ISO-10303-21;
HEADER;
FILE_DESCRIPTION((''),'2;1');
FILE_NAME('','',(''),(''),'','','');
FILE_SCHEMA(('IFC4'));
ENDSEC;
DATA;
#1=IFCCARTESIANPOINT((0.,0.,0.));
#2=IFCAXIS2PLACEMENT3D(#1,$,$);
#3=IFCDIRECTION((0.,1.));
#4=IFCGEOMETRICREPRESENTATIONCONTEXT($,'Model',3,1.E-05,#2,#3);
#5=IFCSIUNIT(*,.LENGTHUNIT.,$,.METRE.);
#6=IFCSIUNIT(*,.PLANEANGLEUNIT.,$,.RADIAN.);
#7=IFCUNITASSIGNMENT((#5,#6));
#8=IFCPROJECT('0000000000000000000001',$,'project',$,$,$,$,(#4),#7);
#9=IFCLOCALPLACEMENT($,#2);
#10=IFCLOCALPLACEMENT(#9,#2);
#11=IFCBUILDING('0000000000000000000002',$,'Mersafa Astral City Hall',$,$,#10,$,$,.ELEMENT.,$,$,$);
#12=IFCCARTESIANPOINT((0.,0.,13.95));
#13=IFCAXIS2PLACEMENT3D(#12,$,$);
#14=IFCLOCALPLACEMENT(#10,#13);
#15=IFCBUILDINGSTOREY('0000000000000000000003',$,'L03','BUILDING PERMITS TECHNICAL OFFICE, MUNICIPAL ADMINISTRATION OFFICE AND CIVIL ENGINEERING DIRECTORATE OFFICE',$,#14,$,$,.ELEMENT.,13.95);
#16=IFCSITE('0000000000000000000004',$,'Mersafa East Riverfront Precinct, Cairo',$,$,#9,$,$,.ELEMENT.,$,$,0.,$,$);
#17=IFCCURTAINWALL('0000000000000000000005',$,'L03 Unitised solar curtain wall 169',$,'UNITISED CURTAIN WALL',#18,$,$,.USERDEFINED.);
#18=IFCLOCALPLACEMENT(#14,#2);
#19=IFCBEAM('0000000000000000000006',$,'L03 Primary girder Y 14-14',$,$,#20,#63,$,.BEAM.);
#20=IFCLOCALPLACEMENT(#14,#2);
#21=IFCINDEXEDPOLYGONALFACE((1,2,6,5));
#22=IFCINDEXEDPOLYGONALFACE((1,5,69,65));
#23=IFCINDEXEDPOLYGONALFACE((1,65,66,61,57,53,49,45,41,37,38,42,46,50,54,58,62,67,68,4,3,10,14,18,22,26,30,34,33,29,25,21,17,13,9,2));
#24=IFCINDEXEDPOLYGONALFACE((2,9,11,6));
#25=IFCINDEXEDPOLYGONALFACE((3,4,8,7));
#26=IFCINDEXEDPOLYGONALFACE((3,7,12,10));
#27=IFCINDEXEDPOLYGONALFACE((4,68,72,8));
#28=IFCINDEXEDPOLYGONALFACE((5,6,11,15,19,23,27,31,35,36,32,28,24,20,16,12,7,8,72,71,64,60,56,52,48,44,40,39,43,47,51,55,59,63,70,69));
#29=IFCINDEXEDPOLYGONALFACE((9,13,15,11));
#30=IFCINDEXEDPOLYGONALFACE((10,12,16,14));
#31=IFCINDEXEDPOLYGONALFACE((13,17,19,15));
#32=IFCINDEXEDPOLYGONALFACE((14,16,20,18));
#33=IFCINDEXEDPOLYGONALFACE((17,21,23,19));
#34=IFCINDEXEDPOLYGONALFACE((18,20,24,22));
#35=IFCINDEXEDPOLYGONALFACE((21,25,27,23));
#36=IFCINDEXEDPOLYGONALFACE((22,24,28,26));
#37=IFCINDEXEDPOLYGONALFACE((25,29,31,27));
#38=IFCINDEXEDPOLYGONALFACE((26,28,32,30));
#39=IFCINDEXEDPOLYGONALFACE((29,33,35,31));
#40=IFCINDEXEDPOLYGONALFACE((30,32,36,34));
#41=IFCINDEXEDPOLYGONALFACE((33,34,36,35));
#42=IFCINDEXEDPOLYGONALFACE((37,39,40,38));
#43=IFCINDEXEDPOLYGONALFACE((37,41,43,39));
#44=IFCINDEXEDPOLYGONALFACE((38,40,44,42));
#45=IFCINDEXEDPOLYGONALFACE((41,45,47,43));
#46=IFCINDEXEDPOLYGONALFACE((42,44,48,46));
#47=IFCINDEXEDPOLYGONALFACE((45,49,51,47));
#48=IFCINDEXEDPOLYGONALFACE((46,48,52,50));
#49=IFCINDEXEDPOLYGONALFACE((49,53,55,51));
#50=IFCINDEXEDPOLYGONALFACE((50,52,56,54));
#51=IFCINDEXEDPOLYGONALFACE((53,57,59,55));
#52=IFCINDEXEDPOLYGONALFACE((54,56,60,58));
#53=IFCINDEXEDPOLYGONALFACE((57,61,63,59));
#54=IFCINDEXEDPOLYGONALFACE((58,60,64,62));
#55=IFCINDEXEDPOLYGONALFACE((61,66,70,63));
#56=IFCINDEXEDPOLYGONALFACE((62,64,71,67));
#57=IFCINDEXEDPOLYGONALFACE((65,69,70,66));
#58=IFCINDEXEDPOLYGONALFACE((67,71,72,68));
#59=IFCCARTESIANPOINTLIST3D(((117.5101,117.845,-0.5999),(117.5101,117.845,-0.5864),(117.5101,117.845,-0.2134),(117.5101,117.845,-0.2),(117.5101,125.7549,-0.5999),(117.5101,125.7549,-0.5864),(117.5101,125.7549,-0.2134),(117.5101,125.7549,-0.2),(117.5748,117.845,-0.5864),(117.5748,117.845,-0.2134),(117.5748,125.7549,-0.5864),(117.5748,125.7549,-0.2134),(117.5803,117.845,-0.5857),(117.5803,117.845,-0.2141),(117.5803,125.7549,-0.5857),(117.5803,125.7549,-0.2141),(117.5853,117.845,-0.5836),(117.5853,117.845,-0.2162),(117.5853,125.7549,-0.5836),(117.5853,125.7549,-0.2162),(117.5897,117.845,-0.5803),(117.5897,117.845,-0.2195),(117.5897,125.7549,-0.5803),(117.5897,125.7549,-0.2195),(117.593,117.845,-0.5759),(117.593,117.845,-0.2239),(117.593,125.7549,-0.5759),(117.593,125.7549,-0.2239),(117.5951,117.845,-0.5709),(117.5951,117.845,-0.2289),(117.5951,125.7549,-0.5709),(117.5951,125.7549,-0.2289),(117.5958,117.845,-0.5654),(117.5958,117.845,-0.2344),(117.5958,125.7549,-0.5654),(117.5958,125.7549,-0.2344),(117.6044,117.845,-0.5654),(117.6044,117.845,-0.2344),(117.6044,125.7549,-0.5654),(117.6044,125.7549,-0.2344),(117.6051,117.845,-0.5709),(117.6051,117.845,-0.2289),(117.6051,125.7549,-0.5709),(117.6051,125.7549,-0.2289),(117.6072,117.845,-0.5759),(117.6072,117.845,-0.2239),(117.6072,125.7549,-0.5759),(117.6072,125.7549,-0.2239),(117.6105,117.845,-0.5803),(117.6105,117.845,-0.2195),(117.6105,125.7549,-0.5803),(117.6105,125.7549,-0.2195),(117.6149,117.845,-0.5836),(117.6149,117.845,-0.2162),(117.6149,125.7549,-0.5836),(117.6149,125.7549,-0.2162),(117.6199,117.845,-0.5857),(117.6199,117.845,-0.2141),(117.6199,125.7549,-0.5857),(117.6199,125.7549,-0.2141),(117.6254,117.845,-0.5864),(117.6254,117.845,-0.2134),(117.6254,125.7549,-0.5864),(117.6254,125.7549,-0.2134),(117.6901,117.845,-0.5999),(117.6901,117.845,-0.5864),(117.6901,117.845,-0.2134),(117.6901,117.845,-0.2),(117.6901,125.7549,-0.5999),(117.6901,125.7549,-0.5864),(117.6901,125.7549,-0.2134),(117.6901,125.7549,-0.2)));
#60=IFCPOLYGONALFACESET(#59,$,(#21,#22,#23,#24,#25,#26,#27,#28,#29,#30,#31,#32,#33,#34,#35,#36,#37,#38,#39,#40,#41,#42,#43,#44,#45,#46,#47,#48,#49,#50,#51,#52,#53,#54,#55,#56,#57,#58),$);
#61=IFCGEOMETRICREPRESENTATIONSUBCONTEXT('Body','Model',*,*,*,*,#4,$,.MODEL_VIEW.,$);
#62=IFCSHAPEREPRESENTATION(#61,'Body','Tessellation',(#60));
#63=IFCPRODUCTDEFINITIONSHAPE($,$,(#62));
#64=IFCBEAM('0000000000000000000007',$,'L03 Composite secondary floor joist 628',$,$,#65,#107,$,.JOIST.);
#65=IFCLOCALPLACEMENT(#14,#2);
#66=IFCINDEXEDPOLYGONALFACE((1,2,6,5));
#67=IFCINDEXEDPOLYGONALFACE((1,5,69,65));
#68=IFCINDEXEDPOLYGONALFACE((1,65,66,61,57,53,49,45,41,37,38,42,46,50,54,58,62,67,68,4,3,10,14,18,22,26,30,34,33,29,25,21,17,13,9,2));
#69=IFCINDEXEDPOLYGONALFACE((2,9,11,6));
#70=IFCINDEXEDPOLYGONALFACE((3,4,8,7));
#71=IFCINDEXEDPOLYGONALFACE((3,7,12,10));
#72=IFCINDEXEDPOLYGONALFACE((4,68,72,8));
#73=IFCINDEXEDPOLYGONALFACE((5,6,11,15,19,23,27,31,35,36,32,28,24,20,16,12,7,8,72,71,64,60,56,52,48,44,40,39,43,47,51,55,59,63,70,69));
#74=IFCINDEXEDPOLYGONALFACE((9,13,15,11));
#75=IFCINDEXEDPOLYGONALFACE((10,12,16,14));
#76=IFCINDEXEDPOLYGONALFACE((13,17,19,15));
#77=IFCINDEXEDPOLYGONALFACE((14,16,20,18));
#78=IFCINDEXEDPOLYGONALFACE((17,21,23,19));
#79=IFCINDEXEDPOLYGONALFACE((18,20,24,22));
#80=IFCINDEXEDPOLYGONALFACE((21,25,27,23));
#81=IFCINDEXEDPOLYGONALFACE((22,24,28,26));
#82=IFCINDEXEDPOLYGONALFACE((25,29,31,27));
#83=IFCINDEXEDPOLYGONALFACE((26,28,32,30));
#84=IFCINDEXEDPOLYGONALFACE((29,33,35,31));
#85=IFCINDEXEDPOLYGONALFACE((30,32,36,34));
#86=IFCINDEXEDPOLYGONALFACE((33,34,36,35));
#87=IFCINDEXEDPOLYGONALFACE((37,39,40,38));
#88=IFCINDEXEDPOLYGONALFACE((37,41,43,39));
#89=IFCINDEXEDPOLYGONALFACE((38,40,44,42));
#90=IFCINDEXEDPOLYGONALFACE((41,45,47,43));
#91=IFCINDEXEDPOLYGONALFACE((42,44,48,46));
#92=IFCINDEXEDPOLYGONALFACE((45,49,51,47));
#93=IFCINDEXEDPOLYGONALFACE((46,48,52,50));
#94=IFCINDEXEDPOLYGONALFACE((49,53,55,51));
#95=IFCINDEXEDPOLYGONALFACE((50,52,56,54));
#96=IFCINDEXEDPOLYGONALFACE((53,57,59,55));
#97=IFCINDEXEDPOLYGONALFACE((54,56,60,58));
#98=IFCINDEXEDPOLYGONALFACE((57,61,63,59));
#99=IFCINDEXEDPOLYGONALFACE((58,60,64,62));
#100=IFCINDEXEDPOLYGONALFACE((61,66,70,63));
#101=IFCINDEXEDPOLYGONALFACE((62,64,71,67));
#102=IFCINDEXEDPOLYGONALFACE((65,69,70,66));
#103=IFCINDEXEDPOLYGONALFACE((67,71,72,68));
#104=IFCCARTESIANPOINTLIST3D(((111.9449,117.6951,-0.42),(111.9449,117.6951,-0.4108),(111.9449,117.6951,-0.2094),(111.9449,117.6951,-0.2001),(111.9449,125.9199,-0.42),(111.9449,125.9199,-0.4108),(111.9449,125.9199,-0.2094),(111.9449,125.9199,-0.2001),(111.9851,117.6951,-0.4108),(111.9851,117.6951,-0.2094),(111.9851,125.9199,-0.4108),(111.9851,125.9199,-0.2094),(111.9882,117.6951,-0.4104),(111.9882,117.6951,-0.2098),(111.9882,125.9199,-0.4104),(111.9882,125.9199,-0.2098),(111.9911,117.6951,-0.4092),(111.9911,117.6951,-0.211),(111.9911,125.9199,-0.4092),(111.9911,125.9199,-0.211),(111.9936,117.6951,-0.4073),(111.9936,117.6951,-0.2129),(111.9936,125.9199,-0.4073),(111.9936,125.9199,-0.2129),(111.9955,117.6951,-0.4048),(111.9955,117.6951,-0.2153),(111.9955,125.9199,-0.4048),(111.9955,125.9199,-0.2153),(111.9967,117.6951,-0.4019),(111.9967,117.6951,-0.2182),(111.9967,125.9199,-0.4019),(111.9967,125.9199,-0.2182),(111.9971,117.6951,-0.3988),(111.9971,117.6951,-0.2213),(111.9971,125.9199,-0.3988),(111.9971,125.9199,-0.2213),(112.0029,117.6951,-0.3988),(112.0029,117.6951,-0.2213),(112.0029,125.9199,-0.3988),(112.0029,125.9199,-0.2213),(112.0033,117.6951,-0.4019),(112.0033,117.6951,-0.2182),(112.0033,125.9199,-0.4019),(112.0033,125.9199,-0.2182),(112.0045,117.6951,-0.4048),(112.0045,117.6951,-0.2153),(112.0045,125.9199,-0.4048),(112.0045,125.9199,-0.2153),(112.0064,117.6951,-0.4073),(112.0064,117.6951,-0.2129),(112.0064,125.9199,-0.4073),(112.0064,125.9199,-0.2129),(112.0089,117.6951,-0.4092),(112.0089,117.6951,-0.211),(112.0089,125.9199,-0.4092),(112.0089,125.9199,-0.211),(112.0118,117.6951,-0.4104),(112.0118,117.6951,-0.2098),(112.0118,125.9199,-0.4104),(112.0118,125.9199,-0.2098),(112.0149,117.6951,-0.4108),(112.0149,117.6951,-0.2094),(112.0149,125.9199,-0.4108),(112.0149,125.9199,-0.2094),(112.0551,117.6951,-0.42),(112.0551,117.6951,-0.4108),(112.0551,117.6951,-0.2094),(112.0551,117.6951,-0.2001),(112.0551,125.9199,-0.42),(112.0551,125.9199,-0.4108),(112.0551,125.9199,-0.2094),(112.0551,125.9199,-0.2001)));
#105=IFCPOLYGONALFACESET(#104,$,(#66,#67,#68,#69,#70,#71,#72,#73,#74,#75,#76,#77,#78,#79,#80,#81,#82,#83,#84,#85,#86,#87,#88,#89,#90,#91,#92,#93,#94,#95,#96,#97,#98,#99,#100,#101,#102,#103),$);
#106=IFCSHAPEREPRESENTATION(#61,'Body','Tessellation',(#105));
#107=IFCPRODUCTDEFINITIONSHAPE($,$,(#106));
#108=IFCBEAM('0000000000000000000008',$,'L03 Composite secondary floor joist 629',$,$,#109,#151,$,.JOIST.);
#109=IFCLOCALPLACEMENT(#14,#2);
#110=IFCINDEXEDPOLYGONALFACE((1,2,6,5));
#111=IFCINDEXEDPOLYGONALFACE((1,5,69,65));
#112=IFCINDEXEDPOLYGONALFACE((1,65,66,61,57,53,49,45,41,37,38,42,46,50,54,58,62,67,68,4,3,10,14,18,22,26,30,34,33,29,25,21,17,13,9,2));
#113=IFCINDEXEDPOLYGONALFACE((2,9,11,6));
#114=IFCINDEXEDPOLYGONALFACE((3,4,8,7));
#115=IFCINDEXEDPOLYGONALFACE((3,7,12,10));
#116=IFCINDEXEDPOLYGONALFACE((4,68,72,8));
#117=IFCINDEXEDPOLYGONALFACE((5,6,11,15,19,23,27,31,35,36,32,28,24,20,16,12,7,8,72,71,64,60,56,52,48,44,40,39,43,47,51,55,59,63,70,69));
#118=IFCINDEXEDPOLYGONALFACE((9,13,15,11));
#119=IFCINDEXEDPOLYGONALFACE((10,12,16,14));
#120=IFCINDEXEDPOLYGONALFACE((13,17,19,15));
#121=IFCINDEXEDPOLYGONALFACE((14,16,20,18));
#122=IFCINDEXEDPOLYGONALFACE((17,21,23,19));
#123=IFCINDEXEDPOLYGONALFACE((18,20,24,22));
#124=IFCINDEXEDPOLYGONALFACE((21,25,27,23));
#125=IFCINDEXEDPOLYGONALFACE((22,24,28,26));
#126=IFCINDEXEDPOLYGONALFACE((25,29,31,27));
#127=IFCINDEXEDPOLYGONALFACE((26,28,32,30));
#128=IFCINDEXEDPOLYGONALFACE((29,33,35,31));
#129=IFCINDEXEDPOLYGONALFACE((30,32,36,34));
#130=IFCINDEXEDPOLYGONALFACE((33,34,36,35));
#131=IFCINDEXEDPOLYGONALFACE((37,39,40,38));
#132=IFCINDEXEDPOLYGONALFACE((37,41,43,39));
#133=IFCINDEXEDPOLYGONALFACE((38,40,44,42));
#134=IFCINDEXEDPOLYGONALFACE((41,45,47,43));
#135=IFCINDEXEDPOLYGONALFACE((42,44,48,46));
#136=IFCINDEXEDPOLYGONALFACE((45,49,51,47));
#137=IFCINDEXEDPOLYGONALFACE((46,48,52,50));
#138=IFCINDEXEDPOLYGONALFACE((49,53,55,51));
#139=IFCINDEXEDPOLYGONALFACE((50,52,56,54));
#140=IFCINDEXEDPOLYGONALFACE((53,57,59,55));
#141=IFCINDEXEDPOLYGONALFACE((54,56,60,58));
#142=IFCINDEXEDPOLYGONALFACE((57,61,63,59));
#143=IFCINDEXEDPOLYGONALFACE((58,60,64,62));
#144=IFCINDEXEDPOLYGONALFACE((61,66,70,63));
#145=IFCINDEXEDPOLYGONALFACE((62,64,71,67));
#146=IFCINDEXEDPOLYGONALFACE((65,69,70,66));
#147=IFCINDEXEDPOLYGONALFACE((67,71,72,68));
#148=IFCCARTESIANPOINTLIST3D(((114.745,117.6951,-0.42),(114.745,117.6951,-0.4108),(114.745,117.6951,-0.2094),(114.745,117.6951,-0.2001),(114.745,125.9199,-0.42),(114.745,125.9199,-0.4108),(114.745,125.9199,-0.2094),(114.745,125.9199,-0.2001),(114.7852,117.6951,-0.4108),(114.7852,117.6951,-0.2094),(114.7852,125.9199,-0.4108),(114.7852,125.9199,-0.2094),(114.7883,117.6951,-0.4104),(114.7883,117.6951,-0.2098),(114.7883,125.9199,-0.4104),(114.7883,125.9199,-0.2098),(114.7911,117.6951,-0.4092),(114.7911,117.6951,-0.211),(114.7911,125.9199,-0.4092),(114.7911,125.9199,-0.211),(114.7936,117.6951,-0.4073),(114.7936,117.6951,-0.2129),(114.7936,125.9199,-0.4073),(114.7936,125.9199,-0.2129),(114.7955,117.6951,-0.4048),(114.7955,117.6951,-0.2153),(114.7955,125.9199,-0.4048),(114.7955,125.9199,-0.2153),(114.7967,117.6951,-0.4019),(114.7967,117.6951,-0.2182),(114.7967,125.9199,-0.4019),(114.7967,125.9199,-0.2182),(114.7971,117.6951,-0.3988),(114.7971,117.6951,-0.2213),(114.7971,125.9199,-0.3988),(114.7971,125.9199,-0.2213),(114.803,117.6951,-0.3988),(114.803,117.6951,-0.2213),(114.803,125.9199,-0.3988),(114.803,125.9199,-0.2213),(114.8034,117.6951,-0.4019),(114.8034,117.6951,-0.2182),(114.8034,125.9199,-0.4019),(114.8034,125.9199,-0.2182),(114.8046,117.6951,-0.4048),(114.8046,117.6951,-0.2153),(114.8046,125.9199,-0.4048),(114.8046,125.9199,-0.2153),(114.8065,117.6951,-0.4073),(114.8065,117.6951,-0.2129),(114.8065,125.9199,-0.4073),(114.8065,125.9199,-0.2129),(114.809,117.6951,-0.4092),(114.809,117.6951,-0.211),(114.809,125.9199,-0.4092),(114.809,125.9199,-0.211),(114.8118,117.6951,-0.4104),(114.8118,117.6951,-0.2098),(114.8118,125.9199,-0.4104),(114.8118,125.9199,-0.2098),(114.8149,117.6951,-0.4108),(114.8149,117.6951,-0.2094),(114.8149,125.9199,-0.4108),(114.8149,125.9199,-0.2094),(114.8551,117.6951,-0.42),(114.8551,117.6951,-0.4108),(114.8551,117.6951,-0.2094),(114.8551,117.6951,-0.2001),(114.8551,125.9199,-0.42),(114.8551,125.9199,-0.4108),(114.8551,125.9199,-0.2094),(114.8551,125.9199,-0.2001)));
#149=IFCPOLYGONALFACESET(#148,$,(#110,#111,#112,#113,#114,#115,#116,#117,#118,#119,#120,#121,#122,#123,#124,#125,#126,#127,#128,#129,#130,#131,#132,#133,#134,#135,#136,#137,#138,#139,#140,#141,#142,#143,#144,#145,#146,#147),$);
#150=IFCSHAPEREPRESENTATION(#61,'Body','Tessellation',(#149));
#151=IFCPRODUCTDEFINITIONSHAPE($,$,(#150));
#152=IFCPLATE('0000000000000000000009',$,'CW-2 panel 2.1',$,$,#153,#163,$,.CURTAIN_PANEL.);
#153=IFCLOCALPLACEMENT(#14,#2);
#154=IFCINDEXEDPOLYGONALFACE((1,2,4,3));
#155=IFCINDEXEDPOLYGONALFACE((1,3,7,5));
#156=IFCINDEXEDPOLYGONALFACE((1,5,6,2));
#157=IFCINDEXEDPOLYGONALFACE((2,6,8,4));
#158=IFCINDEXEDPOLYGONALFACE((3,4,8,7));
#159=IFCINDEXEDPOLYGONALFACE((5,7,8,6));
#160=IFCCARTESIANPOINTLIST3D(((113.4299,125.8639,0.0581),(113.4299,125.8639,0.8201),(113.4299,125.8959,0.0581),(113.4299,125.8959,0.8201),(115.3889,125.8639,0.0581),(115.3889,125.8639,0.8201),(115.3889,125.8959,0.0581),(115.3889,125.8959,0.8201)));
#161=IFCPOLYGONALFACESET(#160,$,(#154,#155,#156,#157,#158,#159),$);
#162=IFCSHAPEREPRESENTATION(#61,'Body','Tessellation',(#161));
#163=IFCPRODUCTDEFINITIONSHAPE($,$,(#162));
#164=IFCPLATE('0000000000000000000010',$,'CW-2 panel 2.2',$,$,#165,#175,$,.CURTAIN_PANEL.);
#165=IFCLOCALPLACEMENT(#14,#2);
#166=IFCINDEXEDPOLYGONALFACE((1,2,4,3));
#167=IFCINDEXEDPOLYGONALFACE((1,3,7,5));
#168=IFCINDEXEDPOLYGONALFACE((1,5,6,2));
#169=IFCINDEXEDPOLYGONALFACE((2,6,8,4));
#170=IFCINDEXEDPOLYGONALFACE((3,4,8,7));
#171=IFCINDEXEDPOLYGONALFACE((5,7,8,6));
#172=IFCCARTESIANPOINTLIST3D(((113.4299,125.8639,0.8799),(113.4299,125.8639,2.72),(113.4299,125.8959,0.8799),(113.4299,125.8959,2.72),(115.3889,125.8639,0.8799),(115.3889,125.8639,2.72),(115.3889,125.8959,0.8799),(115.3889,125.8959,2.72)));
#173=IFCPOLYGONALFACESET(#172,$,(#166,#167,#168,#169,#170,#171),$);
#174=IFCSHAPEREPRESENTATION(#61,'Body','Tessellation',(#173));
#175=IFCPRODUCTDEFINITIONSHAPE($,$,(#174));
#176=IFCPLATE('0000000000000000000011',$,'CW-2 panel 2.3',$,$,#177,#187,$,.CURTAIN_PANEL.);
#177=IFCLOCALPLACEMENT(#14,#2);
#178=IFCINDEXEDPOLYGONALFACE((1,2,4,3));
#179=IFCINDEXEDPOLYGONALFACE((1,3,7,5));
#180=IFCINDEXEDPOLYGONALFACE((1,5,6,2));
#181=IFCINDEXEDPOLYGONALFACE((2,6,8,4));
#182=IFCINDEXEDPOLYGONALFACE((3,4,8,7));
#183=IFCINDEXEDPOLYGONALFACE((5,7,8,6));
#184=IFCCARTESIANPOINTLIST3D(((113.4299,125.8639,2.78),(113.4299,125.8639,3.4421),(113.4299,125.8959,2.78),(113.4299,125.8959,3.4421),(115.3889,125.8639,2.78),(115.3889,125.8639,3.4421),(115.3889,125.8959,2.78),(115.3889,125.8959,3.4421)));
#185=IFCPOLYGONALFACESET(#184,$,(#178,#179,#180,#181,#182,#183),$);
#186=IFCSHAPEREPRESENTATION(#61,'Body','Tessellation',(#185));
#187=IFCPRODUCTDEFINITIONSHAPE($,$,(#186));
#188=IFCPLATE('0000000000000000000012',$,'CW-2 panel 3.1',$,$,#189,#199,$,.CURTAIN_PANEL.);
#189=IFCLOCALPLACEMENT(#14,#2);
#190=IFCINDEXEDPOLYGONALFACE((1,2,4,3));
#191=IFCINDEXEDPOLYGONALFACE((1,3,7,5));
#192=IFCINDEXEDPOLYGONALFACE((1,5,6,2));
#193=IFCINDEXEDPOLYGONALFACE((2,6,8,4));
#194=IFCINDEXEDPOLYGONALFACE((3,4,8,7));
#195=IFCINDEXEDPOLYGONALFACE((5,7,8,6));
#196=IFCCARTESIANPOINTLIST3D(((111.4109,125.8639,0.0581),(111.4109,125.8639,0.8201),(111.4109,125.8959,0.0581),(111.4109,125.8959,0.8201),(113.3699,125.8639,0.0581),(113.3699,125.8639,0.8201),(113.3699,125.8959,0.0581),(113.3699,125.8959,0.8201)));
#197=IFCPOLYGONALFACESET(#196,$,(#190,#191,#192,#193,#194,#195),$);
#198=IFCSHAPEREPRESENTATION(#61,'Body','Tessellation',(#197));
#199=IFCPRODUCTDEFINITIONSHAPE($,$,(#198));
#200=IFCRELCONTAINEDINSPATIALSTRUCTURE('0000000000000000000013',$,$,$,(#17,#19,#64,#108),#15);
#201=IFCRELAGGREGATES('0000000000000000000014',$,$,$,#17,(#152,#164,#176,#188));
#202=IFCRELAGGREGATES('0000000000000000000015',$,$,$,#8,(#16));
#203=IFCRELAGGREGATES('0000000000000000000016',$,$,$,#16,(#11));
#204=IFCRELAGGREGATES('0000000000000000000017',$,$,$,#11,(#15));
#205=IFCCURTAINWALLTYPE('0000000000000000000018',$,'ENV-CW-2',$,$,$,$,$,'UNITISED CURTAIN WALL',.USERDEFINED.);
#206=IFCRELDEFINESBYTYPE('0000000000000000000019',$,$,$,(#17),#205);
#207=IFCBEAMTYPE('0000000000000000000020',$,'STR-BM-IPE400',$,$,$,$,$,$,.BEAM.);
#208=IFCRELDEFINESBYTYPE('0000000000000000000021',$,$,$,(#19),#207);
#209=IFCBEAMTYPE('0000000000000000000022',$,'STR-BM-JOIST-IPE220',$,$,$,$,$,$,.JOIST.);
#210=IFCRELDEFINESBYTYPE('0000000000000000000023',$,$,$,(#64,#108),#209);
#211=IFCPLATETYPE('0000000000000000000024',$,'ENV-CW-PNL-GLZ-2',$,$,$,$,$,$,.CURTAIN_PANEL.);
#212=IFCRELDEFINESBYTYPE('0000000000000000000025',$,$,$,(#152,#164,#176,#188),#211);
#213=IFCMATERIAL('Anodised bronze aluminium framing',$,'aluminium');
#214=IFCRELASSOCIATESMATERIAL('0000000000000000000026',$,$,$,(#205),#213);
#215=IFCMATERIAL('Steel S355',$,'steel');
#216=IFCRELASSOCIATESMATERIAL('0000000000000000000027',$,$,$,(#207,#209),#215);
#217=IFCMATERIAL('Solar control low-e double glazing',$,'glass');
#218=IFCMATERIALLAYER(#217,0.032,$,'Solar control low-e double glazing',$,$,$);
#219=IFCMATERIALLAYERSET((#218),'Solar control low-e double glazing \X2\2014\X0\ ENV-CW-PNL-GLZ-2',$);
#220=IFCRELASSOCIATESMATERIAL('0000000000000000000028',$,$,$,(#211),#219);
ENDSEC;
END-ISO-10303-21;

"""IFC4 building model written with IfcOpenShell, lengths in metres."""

from ifc_helpers import new_model, si_unit, direction, frame, origin, origin_2d, place, context, subcontext, project, spatial, rectangle, i_section, extrude, material, layer, layer_set, material_profile, profile_set, type_object, element, aggregate, save


model = new_model("IFC4")

# Units and contexts
model_context = context("Model", 3, precision=1e-05, world=origin(), true_north=direction((0.0, 1.0)))
body_context = subcontext(model_context, "Body", "Model", "MODEL_VIEW")
ifc_project = project(units=[si_unit("LENGTHUNIT", "METRE"), si_unit("PLANEANGLEUNIT", "RADIAN")], contexts=[model_context])

# Site, building, storey
site_placement = place(None, origin())
site = spatial("IfcSite", under=ifc_project, at=site_placement, Name="Mersafa East Riverfront Precinct, Cairo", CompositionType="ELEMENT", RefElevation=0.0)
building_placement = place(site_placement, origin())
building = spatial("IfcBuilding", under=site, at=building_placement, Name="Mersafa Astral City Hall", CompositionType="ELEMENT")
storey_placement = place(building_placement, frame((0.0, 0.0, 13.95)))
storey = spatial("IfcBuildingStorey", under=building, at=storey_placement, Name="L03", Description="BUILDING PERMITS TECHNICAL OFFICE, MUNICIPAL ADMINISTRATION OFFICE AND CIVIL ENGINEERING DIRECTORATE OFFICE", CompositionType="ELEMENT", Elevation=13.95)

# Curtain wall
ifc_material_1 = material(Name="Anodised bronze aluminium framing", Category="aluminium")
curtain_wall_type = type_object("IfcCurtainWallType", Name="ENV-CW-2", ElementType="UNITISED CURTAIN WALL", PredefinedType="USERDEFINED", material=ifc_material_1)
curtain_wall_placement = place(storey_placement, origin())
curtain_wall = element("IfcCurtainWall", 1, at=curtain_wall_placement, inside=storey, type_object=curtain_wall_type, Name="L03 Unitised solar curtain wall 169", ObjectType="UNITISED CURTAIN WALL", PredefinedType="USERDEFINED")

# Beams
ifc_material_2 = material(Name="Steel S355", Category="steel")
ifc_material_profile_1 = material_profile(ifc_material_2, i_section(OverallWidth=0.1799, OverallDepth=0.3999, WebThickness=0.0085, FlangeThickness=0.0134, FilletRadius=0.021, at=origin_2d()), Name="IPE 400")
ifc_profile_set_1 = profile_set([ifc_material_profile_1], Name="Steel S355")
beam_type_1 = type_object("IfcBeamType", Name="STR-BM-IPE400", PredefinedType="BEAM", material=ifc_profile_set_1)
beam_placement = place(storey_placement, frame((117.6001, 117.845, -0.3999), z_axis=(0.0, 1.0, 0.0), x_axis=(-1.0, 0.0, 0.0)))
element("IfcBeam", 2, at=beam_placement, inside=storey, type_object=beam_type_1, Name="L03 Primary girder Y 14-14", PredefinedType="BEAM", context=body_context, shape_type="SweptSolid", body=[
    extrude(i_section(OverallWidth=0.1799, OverallDepth=0.3999, WebThickness=0.0085, FlangeThickness=0.0134, FilletRadius=0.021, at=origin_2d()), origin(), (0.0, 0.0, 1.0), 7.9099),
])
ifc_material_profile_2 = material_profile(ifc_material_2, i_section(OverallWidth=0.1101, OverallDepth=0.22, WebThickness=0.0059, FlangeThickness=0.0093, FilletRadius=0.012, at=origin_2d()), Name="IPE 220")
ifc_profile_set_2 = profile_set([ifc_material_profile_2], Name="Steel S355")
beam_type_2 = type_object("IfcBeamType", Name="STR-BM-JOIST-IPE220", PredefinedType="JOIST", material=ifc_profile_set_2)
for number, where, z_axis, x_axis, name in (
    (3, (112.0, 117.6951, -0.3101), (0.0, 1.0, 0.0), (-1.0, 0.0, 0.0), "L03 Composite secondary floor joist 628"),
    (4, (114.8, 117.6951, -0.3101), (0.0, 1.0, 0.0), (-1.0, 0.0, 0.0), "L03 Composite secondary floor joist 629"),
):
    element("IfcBeam", number, at=place(storey_placement, frame(where, z_axis=z_axis, x_axis=x_axis)), inside=storey, type_object=beam_type_2, Name=name, PredefinedType="JOIST", context=body_context, shape_type="SweptSolid", body=[
        extrude(i_section(OverallWidth=0.1101, OverallDepth=0.22, WebThickness=0.0059, FlangeThickness=0.0093, FilletRadius=0.012, at=origin_2d()), origin(), (0.0, 0.0, 1.0), 8.2249),
    ])

# Plates
ifc_material_3 = material(Name="Solar control low-e double glazing", Category="glass")
ifc_layer_1 = layer(ifc_material_3, 0.032, Name="Solar control low-e double glazing")
ifc_layer_set_1 = layer_set([ifc_layer_1], Name="Solar control low-e double glazing — ENV-CW-PNL-GLZ-2")
plate_type = type_object("IfcPlateType", Name="ENV-CW-PNL-GLZ-2", PredefinedType="CURTAIN_PANEL", material=ifc_layer_set_1)
plate_1_placement = place(storey_placement, frame((114.4094, 125.8799, 0.0581), z_axis=(0.0, 0.0, 1.0), x_axis=(-1.0, 0.0, 0.0)))
plate_1 = element("IfcPlate", 5, at=plate_1_placement, type_object=plate_type, Name="CW-2 panel 2.1", PredefinedType="CURTAIN_PANEL", context=body_context, shape_type="SweptSolid", body=[
    extrude(rectangle(XDim=1.959, YDim=0.032, at=origin_2d()), origin(), (0.0, 0.0, 1.0), 0.762),
])
plate_2_placement = place(storey_placement, frame((114.4094, 125.8799, 0.8799), z_axis=(0.0, 0.0, 1.0), x_axis=(-1.0, 0.0, 0.0)))
plate_2 = element("IfcPlate", 6, at=plate_2_placement, type_object=plate_type, Name="CW-2 panel 2.2", PredefinedType="CURTAIN_PANEL", context=body_context, shape_type="SweptSolid", body=[
    extrude(rectangle(XDim=1.959, YDim=0.032, at=origin_2d()), origin(), (0.0, 0.0, 1.0), 1.8401),
])
plate_3_placement = place(storey_placement, frame((114.4094, 125.8799, 2.78), z_axis=(0.0, 0.0, 1.0), x_axis=(-1.0, 0.0, 0.0)))
plate_3 = element("IfcPlate", 7, at=plate_3_placement, type_object=plate_type, Name="CW-2 panel 2.3", PredefinedType="CURTAIN_PANEL", context=body_context, shape_type="SweptSolid", body=[
    extrude(rectangle(XDim=1.959, YDim=0.032, at=origin_2d()), origin(), (0.0, 0.0, 1.0), 0.6621),
])
plate_4_placement = place(storey_placement, frame((112.3904, 125.8799, 0.0581), z_axis=(0.0, 0.0, 1.0), x_axis=(-1.0, 0.0, 0.0)))
plate_4 = element("IfcPlate", 8, at=plate_4_placement, type_object=plate_type, Name="CW-2 panel 3.1", PredefinedType="CURTAIN_PANEL", context=body_context, shape_type="SweptSolid", body=[
    extrude(rectangle(XDim=1.959, YDim=0.032, at=origin_2d()), origin(), (0.0, 0.0, 1.0), 0.762),
])
aggregate(curtain_wall, [plate_1, plate_2, plate_3, plate_4])

save(model, "model.ifc")
